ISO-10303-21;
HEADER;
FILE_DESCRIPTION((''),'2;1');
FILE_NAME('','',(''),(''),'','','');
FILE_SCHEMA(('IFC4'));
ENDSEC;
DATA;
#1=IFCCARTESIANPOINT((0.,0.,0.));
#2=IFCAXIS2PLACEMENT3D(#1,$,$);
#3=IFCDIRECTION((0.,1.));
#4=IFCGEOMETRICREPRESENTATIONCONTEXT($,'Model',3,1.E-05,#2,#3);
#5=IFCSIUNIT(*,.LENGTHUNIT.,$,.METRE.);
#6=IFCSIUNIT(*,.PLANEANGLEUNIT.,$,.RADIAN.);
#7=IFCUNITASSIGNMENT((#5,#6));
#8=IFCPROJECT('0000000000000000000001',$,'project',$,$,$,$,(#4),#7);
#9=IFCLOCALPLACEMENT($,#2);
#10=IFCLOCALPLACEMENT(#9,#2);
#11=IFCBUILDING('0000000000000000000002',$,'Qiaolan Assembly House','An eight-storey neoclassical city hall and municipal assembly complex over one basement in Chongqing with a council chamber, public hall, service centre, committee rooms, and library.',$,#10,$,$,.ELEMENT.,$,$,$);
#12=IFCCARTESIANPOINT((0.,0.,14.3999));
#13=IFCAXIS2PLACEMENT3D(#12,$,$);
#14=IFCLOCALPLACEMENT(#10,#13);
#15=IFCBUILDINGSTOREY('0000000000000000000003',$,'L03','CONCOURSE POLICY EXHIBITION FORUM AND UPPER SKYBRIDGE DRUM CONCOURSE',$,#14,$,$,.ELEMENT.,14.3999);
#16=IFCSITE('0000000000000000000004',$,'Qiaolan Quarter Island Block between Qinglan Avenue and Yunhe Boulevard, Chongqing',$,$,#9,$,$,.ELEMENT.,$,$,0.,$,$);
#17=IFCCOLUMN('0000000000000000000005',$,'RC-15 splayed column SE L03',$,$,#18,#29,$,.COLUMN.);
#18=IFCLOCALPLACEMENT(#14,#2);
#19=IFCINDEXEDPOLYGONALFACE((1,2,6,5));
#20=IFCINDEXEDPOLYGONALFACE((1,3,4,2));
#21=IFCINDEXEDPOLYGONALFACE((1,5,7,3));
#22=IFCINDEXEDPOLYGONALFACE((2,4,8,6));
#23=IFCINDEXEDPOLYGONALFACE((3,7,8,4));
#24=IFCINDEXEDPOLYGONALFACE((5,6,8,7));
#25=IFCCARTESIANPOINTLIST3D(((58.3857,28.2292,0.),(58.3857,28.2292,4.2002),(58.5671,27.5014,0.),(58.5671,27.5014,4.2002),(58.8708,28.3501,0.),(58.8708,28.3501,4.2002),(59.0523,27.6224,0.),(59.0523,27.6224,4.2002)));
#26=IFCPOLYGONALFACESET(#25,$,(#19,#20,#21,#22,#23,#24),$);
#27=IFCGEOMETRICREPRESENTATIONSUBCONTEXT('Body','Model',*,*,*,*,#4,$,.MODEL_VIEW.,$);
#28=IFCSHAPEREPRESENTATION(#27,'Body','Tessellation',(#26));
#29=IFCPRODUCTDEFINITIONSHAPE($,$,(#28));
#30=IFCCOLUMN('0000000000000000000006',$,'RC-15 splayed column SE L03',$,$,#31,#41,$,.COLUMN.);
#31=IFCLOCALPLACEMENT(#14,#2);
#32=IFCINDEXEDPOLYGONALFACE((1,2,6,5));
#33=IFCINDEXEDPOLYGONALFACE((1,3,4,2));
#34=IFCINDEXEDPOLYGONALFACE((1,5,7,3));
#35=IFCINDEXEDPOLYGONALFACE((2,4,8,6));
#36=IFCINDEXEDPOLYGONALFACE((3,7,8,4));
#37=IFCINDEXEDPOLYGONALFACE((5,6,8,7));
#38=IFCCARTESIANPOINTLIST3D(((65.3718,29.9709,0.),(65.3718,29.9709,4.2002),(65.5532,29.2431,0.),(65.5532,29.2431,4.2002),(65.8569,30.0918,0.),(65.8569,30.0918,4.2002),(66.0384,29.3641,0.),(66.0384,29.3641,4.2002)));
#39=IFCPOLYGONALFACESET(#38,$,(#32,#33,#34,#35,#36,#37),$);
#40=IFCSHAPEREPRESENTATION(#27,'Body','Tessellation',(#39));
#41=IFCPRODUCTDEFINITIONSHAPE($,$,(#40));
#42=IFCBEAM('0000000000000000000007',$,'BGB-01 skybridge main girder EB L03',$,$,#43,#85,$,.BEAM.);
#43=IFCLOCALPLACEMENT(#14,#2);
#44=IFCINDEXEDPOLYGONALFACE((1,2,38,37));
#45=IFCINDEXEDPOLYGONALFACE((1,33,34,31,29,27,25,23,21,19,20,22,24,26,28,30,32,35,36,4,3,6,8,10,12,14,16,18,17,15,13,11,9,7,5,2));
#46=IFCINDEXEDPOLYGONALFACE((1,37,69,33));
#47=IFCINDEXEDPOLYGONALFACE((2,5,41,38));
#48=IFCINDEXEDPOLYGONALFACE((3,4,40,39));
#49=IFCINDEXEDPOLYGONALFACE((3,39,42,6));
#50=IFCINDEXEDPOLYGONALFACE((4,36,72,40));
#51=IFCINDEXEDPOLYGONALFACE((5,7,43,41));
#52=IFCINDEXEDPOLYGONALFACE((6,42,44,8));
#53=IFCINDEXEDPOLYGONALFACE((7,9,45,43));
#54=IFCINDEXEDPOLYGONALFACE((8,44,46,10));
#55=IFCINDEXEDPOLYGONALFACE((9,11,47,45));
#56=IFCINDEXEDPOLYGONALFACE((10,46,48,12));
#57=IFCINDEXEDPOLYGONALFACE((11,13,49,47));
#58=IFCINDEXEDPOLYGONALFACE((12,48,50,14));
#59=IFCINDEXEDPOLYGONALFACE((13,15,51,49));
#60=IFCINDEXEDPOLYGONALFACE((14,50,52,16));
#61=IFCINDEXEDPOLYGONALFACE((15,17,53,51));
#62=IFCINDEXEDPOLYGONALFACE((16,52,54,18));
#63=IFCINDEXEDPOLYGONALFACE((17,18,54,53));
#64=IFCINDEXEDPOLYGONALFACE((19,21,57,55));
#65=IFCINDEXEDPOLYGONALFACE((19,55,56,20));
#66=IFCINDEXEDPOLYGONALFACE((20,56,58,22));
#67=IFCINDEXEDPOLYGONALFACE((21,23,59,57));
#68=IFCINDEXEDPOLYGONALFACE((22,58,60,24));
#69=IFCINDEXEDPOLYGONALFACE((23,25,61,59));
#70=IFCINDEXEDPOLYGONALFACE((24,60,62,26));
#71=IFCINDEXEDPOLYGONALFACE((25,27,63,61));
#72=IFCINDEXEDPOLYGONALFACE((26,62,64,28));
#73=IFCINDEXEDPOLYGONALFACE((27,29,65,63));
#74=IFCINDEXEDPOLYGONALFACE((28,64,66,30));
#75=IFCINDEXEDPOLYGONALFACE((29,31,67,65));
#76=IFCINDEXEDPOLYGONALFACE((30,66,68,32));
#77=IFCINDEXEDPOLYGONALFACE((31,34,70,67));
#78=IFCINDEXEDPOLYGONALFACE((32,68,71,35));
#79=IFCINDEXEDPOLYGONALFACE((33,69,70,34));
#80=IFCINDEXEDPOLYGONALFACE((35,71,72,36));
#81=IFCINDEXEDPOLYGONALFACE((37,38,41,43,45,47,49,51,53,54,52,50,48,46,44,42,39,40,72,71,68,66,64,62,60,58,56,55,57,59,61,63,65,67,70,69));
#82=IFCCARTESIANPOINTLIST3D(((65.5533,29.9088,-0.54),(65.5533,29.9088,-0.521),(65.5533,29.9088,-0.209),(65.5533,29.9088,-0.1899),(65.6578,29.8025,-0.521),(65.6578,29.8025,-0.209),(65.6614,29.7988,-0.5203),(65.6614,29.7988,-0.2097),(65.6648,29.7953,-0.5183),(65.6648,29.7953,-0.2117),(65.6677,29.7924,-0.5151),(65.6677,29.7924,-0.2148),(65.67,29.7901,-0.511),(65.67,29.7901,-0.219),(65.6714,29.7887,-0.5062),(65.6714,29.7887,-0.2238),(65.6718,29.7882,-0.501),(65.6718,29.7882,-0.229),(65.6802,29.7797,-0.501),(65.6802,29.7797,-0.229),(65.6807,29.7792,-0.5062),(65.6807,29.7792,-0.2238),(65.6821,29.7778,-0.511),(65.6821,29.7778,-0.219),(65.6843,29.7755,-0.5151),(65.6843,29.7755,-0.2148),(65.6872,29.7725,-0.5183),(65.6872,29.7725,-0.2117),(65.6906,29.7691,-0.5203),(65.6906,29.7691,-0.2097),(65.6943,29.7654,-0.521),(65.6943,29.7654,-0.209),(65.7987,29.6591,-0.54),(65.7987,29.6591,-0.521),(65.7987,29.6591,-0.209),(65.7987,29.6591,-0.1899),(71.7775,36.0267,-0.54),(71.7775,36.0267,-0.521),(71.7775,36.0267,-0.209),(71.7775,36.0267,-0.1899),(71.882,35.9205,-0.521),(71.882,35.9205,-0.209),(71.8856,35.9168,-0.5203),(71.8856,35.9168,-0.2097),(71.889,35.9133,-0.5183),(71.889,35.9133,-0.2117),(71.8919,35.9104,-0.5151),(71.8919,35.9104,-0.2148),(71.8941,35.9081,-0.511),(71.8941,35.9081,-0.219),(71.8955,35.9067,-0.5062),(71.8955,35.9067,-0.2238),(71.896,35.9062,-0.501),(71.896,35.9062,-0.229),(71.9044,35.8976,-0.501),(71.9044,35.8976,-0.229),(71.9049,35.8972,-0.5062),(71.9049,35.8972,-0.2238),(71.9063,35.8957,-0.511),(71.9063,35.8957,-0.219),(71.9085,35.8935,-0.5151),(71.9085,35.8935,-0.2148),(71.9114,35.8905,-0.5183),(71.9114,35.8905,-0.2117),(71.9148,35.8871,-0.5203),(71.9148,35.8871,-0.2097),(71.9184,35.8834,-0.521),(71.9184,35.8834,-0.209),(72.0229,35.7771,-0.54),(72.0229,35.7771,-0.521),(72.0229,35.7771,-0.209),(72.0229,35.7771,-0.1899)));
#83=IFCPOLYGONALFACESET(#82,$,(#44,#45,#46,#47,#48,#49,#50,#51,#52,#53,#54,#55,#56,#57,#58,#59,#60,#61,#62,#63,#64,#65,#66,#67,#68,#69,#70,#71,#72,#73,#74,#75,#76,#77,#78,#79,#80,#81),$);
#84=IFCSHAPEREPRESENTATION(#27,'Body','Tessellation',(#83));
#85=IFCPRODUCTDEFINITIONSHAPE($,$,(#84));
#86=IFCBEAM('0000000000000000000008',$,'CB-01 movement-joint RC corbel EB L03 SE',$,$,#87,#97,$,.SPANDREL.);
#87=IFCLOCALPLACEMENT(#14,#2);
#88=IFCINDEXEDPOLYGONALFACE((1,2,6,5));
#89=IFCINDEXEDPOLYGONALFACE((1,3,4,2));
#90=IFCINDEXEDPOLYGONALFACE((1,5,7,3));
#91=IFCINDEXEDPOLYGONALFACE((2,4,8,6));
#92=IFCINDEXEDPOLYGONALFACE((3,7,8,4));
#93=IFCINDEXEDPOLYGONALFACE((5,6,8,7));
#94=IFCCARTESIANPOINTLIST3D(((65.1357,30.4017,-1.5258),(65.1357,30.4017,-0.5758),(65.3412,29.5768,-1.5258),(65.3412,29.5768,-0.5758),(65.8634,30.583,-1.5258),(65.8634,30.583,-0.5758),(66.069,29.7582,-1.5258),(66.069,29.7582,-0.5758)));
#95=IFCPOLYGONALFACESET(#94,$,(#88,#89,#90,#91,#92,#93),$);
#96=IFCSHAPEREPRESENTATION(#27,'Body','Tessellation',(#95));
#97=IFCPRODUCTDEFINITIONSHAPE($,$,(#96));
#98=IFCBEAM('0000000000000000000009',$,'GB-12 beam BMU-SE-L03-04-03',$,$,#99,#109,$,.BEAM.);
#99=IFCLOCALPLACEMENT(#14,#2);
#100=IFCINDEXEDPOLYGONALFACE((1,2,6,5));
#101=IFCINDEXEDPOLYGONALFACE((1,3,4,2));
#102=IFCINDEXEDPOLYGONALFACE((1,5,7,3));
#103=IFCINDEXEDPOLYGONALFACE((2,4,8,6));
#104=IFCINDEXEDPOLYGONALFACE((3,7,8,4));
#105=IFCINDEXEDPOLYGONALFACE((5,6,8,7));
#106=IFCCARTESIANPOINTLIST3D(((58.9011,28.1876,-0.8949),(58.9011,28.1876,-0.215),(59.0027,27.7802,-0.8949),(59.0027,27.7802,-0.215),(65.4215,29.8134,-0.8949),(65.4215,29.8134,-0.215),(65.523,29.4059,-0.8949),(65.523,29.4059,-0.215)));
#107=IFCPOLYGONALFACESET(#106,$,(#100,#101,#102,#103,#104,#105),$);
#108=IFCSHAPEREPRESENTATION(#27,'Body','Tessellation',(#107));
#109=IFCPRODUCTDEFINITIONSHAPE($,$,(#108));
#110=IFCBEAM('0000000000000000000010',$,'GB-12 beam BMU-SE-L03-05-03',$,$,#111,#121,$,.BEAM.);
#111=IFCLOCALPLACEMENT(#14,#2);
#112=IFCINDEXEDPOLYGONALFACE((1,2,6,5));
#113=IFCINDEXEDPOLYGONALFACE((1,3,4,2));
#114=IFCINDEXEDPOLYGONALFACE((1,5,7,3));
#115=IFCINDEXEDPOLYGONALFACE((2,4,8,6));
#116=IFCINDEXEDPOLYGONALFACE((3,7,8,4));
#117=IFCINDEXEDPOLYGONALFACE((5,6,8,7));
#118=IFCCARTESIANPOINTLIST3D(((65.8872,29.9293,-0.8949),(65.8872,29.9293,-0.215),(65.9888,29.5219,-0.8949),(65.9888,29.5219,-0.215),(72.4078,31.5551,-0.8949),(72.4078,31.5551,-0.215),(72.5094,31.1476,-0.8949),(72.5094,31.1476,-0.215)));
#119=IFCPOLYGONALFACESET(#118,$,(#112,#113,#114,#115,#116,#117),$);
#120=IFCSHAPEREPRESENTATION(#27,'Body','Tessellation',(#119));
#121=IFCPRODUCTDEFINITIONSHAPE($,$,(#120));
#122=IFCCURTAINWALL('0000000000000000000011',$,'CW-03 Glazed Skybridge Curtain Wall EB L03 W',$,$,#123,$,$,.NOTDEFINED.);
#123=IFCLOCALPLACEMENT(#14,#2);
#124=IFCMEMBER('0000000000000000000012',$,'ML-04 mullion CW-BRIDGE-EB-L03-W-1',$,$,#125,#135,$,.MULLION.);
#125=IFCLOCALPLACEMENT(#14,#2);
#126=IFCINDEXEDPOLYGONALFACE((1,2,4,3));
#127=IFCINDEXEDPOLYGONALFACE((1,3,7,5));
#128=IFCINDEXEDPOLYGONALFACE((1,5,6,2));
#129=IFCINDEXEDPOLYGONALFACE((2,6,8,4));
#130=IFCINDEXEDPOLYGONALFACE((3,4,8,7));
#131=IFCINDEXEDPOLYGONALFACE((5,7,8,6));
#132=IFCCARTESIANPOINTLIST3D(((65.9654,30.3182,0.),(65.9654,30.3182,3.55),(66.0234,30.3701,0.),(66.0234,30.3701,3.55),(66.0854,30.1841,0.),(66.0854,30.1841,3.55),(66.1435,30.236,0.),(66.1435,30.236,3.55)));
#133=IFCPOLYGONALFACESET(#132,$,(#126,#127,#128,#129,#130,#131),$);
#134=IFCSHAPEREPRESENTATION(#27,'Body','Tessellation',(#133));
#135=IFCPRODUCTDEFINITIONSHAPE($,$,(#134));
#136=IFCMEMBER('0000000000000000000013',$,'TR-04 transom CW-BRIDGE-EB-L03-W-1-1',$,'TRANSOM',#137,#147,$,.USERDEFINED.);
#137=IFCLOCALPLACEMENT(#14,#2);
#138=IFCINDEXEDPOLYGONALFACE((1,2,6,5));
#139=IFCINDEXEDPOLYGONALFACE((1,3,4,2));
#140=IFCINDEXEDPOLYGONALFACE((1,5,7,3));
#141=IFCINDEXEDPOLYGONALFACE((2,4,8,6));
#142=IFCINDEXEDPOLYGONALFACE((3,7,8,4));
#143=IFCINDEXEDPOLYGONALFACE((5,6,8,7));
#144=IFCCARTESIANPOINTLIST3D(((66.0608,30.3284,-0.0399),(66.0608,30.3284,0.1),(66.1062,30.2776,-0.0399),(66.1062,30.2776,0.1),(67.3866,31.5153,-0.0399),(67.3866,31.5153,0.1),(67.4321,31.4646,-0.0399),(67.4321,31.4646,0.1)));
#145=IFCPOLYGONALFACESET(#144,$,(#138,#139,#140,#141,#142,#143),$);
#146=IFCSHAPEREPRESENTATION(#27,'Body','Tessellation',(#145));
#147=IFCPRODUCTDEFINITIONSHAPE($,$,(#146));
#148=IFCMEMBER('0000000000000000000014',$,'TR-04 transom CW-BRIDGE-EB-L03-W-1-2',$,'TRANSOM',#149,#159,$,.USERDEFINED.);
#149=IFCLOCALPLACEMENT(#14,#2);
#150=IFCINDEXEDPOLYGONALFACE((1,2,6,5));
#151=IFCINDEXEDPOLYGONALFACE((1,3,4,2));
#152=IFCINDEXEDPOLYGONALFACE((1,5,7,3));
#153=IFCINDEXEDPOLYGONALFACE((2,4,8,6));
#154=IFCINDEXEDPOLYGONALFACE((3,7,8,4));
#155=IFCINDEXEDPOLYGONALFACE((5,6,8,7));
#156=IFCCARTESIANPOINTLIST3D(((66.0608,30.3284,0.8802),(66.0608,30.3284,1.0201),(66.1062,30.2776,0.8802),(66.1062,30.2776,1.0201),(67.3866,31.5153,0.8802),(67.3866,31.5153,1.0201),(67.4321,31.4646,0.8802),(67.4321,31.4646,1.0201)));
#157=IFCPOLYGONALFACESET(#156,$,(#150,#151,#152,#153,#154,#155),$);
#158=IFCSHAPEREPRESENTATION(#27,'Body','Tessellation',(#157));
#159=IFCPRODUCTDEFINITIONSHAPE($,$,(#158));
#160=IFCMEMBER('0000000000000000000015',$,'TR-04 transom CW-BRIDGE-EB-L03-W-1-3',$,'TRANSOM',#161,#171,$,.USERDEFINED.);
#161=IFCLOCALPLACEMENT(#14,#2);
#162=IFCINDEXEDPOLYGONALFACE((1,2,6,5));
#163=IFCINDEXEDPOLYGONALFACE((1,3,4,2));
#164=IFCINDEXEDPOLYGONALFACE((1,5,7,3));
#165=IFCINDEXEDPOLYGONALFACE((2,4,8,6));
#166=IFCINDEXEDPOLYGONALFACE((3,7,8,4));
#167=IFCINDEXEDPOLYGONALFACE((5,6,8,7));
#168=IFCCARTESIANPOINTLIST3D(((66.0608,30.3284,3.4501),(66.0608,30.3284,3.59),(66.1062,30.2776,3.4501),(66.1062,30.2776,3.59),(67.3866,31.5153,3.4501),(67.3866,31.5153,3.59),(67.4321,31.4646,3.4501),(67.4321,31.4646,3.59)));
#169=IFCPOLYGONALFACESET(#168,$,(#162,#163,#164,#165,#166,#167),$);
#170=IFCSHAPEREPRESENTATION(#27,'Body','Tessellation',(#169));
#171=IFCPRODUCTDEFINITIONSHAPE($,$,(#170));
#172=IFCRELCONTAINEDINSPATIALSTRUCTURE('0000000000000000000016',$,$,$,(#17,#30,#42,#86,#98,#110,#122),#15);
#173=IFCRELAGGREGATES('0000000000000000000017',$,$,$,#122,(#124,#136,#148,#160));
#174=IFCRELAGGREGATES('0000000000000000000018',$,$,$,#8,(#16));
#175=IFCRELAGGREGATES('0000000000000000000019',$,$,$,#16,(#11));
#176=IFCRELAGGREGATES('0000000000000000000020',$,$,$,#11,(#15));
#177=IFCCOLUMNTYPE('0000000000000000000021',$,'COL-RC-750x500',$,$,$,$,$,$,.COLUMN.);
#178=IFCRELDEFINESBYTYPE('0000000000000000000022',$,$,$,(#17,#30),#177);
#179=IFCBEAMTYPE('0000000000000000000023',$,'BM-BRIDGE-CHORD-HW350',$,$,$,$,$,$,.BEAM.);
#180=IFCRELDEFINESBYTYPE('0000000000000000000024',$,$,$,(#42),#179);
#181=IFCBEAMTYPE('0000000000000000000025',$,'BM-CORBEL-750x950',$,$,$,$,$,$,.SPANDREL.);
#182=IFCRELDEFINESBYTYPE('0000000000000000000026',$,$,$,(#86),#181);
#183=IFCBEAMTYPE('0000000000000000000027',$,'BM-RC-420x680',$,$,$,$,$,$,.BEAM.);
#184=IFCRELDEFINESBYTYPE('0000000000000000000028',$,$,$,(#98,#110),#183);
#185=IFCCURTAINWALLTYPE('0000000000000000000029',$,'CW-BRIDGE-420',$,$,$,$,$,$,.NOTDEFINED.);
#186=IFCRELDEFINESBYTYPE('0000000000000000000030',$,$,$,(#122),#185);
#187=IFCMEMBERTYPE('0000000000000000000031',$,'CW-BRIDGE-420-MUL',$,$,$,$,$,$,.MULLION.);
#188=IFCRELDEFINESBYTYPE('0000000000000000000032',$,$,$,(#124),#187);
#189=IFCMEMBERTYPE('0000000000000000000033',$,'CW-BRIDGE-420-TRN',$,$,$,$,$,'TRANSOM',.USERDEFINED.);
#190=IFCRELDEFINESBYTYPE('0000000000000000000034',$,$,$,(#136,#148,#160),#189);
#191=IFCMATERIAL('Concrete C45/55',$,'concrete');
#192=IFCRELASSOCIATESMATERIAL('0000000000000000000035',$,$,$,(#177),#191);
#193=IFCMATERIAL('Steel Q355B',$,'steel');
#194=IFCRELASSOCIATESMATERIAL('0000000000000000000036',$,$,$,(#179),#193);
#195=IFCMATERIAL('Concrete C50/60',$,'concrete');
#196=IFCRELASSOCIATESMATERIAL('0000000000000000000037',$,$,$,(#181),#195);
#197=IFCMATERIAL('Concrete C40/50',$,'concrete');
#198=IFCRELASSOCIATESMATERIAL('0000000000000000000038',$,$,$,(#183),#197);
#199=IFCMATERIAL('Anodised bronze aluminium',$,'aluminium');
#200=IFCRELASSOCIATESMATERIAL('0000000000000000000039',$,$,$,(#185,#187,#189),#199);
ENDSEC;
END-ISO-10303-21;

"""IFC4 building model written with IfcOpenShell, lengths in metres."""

from ifc_helpers import new_model, si_unit, direction, frame, origin, origin_2d, place, context, subcontext, project, spatial, rectangle, i_section, extrude, material, material_profile, profile_set, type_object, element, aggregate, save


model = new_model("IFC4")

# Units and contexts
model_context = context("Model", 3, precision=1e-05, world=origin(), true_north=direction((0.0, 1.0)))
body_context = subcontext(model_context, "Body", "Model", "MODEL_VIEW")
ifc_project = project(units=[si_unit("LENGTHUNIT", "METRE"), si_unit("PLANEANGLEUNIT", "RADIAN")], contexts=[model_context])

# Site, building, storey
site_placement = place(None, origin())
site = spatial("IfcSite", under=ifc_project, at=site_placement, Name="Qiaolan Quarter Island Block between Qinglan Avenue and Yunhe Boulevard, Chongqing", CompositionType="ELEMENT", RefElevation=0.0)
building_placement = place(site_placement, origin())
building = spatial("IfcBuilding", under=site, at=building_placement, Name="Qiaolan Assembly House", Description="An eight-storey neoclassical city hall and municipal assembly complex over one basement in Chongqing with a council chamber, public hall, service centre, committee rooms, and library.", CompositionType="ELEMENT")
storey_placement = place(building_placement, frame((0.0, 0.0, 14.3999)))
storey = spatial("IfcBuildingStorey", under=building, at=storey_placement, Name="L03", Description="CONCOURSE POLICY EXHIBITION FORUM AND UPPER SKYBRIDGE DRUM CONCOURSE", CompositionType="ELEMENT", Elevation=14.3999)

# Columns
ifc_material_1 = material(Name="Concrete C45/55", Category="concrete")
ifc_material_profile_1 = material_profile(ifc_material_1, rectangle(XDim=0.5, YDim=0.75, at=origin_2d()), Name="RC 750x500")
ifc_profile_set_1 = profile_set([ifc_material_profile_1], Name="Concrete C45/55")
column_type = type_object("IfcColumnType", Name="COL-RC-750x500", PredefinedType="COLUMN", material=ifc_profile_set_1)
for number, where, z_axis, x_axis, name in (
    (1, (58.719, 27.9258, 0.0), (0.0, 0.0, 1.0), (0.970296, 0.241922, 0.0), "RC-15 splayed column SE L03"),
    (2, (65.7051, 29.6675, 0.0), (0.0, 0.0, 1.0), (0.970296, 0.241922, 0.0), "RC-15 splayed column SE L03"),
):
    element("IfcColumn", number, at=place(storey_placement, frame(where, z_axis=z_axis, x_axis=x_axis)), inside=storey, type_object=column_type, Name=name, PredefinedType="COLUMN", context=body_context, shape_type="SweptSolid", body=[
        extrude(rectangle(XDim=0.5, YDim=0.75, at=origin_2d()), origin(), (0.0, 0.0, 1.0), 4.2002),
    ])

# Beams
ifc_material_2 = material(Name="Steel Q355B", Category="steel")
ifc_material_profile_2 = material_profile(ifc_material_2, i_section(OverallWidth=0.3501, OverallDepth=0.3501, WebThickness=0.012, FlangeThickness=0.019, FilletRadius=0.02, at=origin_2d()), Name="HW 350x350x12x19-BR")
ifc_profile_set_2 = profile_set([ifc_material_profile_2], Name="Steel Q355B")
beam_type_1 = type_object("IfcBeamType", Name="BM-BRIDGE-CHORD-HW350", PredefinedType="BEAM", material=ifc_profile_set_2)
beam_1_placement = place(storey_placement, frame((65.676, 29.7839, -0.365), z_axis=(0.713165, 0.700996, 0.0), x_axis=(-0.700996, 0.713165, 0.0)))
element("IfcBeam", 3, at=beam_1_placement, inside=storey, type_object=beam_type_1, Name="BGB-01 skybridge main girder EB L03", PredefinedType="BEAM", context=body_context, shape_type="SweptSolid", body=[
    extrude(i_section(OverallWidth=0.3501, OverallDepth=0.3501, WebThickness=0.012, FlangeThickness=0.019, FilletRadius=0.02, at=origin_2d()), origin(), (0.0, 0.0, 1.0), 8.7275),
])
ifc_material_3 = material(Name="Concrete C50/60", Category="concrete")
ifc_material_profile_3 = material_profile(ifc_material_3, rectangle(XDim=0.75, YDim=0.95, at=origin_2d()), Name="RCB 750x950")
ifc_profile_set_3 = profile_set([ifc_material_profile_3], Name="Concrete C50/60")
beam_type_2 = type_object("IfcBeamType", Name="BM-CORBEL-750x950", PredefinedType="SPANDREL", material=ifc_profile_set_3)
beam_2_placement = place(storey_placement, frame((65.7051, 29.6675, -1.0508), z_axis=(-0.241792, 0.970328, 0.0), x_axis=(-0.970328, -0.241792, 0.0)))
element("IfcBeam", 4, at=beam_2_placement, inside=storey, type_object=beam_type_2, Name="CB-01 movement-joint RC corbel EB L03 SE", PredefinedType="SPANDREL", context=body_context, shape_type="SweptSolid", body=[
    extrude(rectangle(XDim=0.75, YDim=0.95, at=origin_2d()), origin(), (0.0, 0.0, 1.0), 0.8501),
])
ifc_material_4 = material(Name="Concrete C40/50", Category="concrete")
ifc_material_profile_4 = material_profile(ifc_material_4, rectangle(XDim=0.4199, YDim=0.6799, at=origin_2d()), Name="RCB 420x680")
ifc_profile_set_4 = profile_set([ifc_material_profile_4], Name="Concrete C40/50")
beam_type_3 = type_object("IfcBeamType", Name="BM-RC-420x680", PredefinedType="BEAM", material=ifc_profile_set_4)
beam_3_placement = place(storey_placement, frame((58.9519, 27.9839, -0.5549), z_axis=(0.970294, 0.241929, 0.0), x_axis=(-0.241929, 0.970294, 0.0)))
element("IfcBeam", 5, at=beam_3_placement, inside=storey, type_object=beam_type_3, Name="GB-12 beam BMU-SE-L03-04-03", PredefinedType="BEAM", context=body_context, shape_type="SweptSolid", body=[
    extrude(rectangle(XDim=0.4199, YDim=0.6799, at=origin_2d()), origin(), (0.0, 0.0, 1.0), 6.72),
])
beam_4_placement = place(storey_placement, frame((65.938, 29.7256, -0.5549), z_axis=(0.970296, 0.24192, 0.0), x_axis=(-0.24192, 0.970296, 0.0)))
element("IfcBeam", 6, at=beam_4_placement, inside=storey, type_object=beam_type_3, Name="GB-12 beam BMU-SE-L03-05-03", PredefinedType="BEAM", context=body_context, shape_type="SweptSolid", body=[
    extrude(rectangle(XDim=0.4199, YDim=0.6799, at=origin_2d()), origin(), (0.0, 0.0, 1.0), 6.7202),
])

# Curtain wall, members
ifc_material_5 = material(Name="Anodised bronze aluminium", Category="aluminium")
curtain_wall_type = type_object("IfcCurtainWallType", Name="CW-BRIDGE-420", PredefinedType="NOTDEFINED", material=ifc_material_5)
curtain_wall_placement = place(storey_placement, origin())
curtain_wall = element("IfcCurtainWall", 7, at=curtain_wall_placement, inside=storey, type_object=curtain_wall_type, Name="CW-03 Glazed Skybridge Curtain Wall EB L03 W", PredefinedType="NOTDEFINED")
ifc_material_profile_5 = material_profile(ifc_material_5, rectangle(XDim=0.0779, YDim=0.1799, at=origin_2d()), Name="MUL 78x180")
ifc_profile_set_5 = profile_set([ifc_material_profile_5], Name="Anodised bronze aluminium")
member_type_1 = type_object("IfcMemberType", Name="CW-BRIDGE-420-MUL", PredefinedType="MULLION", material=ifc_profile_set_5)
member_1_placement = place(storey_placement, frame((66.0544, 30.2771, 0.0), z_axis=(0.0, 0.0, 1.0), x_axis=(0.745038, 0.667022, 0.0)))
member_1 = element("IfcMember", 8, at=member_1_placement, type_object=member_type_1, Name="ML-04 mullion CW-BRIDGE-EB-L03-W-1", PredefinedType="MULLION", context=body_context, shape_type="SweptSolid", body=[
    extrude(rectangle(XDim=0.0779, YDim=0.1799, at=origin_2d()), origin(), (0.0, 0.0, 1.0), 3.55),
])
ifc_material_profile_6 = material_profile(ifc_material_5, rectangle(XDim=0.0681, YDim=0.1399, at=origin_2d()), Name="TRN 68x140")
ifc_profile_set_6 = profile_set([ifc_material_profile_6], Name="Anodised bronze aluminium")
member_type_2 = type_object("IfcMemberType", Name="CW-BRIDGE-420-TRN", ElementType="TRANSOM", PredefinedType="USERDEFINED", material=ifc_profile_set_6)
member_2_placement = place(storey_placement, frame((66.0835, 30.303, 0.03), z_axis=(0.745058, 0.666999, 0.0), x_axis=(-0.666999, 0.745058, 0.0)))
member_2 = element("IfcMember", 9, at=member_2_placement, type_object=member_type_2, Name="TR-04 transom CW-BRIDGE-EB-L03-W-1-1", ObjectType="TRANSOM", PredefinedType="USERDEFINED", context=body_context, shape_type="SweptSolid", body=[
    extrude(rectangle(XDim=0.0681, YDim=0.1399, at=origin_2d()), origin(), (0.0, 0.0, 1.0), 1.7795),
])
member_3_placement = place(storey_placement, frame((66.0835, 30.303, 0.9502), z_axis=(0.745058, 0.666999, 0.0), x_axis=(-0.666999, 0.745058, 0.0)))
member_3 = element("IfcMember", 10, at=member_3_placement, type_object=member_type_2, Name="TR-04 transom CW-BRIDGE-EB-L03-W-1-2", ObjectType="TRANSOM", PredefinedType="USERDEFINED", context=body_context, shape_type="SweptSolid", body=[
    extrude(rectangle(XDim=0.0681, YDim=0.1399, at=origin_2d()), origin(), (0.0, 0.0, 1.0), 1.7795),
])
member_4_placement = place(storey_placement, frame((66.0835, 30.303, 3.52), z_axis=(0.745058, 0.666999, 0.0), x_axis=(-0.666999, 0.745058, 0.0)))
member_4 = element("IfcMember", 11, at=member_4_placement, type_object=member_type_2, Name="TR-04 transom CW-BRIDGE-EB-L03-W-1-3", ObjectType="TRANSOM", PredefinedType="USERDEFINED", context=body_context, shape_type="SweptSolid", body=[
    extrude(rectangle(XDim=0.0681, YDim=0.1399, at=origin_2d()), origin(), (0.0, 0.0, 1.0), 1.7795),
])

aggregate(curtain_wall, [member_1, member_2, member_3, member_4])

save(model, "model.ifc")
